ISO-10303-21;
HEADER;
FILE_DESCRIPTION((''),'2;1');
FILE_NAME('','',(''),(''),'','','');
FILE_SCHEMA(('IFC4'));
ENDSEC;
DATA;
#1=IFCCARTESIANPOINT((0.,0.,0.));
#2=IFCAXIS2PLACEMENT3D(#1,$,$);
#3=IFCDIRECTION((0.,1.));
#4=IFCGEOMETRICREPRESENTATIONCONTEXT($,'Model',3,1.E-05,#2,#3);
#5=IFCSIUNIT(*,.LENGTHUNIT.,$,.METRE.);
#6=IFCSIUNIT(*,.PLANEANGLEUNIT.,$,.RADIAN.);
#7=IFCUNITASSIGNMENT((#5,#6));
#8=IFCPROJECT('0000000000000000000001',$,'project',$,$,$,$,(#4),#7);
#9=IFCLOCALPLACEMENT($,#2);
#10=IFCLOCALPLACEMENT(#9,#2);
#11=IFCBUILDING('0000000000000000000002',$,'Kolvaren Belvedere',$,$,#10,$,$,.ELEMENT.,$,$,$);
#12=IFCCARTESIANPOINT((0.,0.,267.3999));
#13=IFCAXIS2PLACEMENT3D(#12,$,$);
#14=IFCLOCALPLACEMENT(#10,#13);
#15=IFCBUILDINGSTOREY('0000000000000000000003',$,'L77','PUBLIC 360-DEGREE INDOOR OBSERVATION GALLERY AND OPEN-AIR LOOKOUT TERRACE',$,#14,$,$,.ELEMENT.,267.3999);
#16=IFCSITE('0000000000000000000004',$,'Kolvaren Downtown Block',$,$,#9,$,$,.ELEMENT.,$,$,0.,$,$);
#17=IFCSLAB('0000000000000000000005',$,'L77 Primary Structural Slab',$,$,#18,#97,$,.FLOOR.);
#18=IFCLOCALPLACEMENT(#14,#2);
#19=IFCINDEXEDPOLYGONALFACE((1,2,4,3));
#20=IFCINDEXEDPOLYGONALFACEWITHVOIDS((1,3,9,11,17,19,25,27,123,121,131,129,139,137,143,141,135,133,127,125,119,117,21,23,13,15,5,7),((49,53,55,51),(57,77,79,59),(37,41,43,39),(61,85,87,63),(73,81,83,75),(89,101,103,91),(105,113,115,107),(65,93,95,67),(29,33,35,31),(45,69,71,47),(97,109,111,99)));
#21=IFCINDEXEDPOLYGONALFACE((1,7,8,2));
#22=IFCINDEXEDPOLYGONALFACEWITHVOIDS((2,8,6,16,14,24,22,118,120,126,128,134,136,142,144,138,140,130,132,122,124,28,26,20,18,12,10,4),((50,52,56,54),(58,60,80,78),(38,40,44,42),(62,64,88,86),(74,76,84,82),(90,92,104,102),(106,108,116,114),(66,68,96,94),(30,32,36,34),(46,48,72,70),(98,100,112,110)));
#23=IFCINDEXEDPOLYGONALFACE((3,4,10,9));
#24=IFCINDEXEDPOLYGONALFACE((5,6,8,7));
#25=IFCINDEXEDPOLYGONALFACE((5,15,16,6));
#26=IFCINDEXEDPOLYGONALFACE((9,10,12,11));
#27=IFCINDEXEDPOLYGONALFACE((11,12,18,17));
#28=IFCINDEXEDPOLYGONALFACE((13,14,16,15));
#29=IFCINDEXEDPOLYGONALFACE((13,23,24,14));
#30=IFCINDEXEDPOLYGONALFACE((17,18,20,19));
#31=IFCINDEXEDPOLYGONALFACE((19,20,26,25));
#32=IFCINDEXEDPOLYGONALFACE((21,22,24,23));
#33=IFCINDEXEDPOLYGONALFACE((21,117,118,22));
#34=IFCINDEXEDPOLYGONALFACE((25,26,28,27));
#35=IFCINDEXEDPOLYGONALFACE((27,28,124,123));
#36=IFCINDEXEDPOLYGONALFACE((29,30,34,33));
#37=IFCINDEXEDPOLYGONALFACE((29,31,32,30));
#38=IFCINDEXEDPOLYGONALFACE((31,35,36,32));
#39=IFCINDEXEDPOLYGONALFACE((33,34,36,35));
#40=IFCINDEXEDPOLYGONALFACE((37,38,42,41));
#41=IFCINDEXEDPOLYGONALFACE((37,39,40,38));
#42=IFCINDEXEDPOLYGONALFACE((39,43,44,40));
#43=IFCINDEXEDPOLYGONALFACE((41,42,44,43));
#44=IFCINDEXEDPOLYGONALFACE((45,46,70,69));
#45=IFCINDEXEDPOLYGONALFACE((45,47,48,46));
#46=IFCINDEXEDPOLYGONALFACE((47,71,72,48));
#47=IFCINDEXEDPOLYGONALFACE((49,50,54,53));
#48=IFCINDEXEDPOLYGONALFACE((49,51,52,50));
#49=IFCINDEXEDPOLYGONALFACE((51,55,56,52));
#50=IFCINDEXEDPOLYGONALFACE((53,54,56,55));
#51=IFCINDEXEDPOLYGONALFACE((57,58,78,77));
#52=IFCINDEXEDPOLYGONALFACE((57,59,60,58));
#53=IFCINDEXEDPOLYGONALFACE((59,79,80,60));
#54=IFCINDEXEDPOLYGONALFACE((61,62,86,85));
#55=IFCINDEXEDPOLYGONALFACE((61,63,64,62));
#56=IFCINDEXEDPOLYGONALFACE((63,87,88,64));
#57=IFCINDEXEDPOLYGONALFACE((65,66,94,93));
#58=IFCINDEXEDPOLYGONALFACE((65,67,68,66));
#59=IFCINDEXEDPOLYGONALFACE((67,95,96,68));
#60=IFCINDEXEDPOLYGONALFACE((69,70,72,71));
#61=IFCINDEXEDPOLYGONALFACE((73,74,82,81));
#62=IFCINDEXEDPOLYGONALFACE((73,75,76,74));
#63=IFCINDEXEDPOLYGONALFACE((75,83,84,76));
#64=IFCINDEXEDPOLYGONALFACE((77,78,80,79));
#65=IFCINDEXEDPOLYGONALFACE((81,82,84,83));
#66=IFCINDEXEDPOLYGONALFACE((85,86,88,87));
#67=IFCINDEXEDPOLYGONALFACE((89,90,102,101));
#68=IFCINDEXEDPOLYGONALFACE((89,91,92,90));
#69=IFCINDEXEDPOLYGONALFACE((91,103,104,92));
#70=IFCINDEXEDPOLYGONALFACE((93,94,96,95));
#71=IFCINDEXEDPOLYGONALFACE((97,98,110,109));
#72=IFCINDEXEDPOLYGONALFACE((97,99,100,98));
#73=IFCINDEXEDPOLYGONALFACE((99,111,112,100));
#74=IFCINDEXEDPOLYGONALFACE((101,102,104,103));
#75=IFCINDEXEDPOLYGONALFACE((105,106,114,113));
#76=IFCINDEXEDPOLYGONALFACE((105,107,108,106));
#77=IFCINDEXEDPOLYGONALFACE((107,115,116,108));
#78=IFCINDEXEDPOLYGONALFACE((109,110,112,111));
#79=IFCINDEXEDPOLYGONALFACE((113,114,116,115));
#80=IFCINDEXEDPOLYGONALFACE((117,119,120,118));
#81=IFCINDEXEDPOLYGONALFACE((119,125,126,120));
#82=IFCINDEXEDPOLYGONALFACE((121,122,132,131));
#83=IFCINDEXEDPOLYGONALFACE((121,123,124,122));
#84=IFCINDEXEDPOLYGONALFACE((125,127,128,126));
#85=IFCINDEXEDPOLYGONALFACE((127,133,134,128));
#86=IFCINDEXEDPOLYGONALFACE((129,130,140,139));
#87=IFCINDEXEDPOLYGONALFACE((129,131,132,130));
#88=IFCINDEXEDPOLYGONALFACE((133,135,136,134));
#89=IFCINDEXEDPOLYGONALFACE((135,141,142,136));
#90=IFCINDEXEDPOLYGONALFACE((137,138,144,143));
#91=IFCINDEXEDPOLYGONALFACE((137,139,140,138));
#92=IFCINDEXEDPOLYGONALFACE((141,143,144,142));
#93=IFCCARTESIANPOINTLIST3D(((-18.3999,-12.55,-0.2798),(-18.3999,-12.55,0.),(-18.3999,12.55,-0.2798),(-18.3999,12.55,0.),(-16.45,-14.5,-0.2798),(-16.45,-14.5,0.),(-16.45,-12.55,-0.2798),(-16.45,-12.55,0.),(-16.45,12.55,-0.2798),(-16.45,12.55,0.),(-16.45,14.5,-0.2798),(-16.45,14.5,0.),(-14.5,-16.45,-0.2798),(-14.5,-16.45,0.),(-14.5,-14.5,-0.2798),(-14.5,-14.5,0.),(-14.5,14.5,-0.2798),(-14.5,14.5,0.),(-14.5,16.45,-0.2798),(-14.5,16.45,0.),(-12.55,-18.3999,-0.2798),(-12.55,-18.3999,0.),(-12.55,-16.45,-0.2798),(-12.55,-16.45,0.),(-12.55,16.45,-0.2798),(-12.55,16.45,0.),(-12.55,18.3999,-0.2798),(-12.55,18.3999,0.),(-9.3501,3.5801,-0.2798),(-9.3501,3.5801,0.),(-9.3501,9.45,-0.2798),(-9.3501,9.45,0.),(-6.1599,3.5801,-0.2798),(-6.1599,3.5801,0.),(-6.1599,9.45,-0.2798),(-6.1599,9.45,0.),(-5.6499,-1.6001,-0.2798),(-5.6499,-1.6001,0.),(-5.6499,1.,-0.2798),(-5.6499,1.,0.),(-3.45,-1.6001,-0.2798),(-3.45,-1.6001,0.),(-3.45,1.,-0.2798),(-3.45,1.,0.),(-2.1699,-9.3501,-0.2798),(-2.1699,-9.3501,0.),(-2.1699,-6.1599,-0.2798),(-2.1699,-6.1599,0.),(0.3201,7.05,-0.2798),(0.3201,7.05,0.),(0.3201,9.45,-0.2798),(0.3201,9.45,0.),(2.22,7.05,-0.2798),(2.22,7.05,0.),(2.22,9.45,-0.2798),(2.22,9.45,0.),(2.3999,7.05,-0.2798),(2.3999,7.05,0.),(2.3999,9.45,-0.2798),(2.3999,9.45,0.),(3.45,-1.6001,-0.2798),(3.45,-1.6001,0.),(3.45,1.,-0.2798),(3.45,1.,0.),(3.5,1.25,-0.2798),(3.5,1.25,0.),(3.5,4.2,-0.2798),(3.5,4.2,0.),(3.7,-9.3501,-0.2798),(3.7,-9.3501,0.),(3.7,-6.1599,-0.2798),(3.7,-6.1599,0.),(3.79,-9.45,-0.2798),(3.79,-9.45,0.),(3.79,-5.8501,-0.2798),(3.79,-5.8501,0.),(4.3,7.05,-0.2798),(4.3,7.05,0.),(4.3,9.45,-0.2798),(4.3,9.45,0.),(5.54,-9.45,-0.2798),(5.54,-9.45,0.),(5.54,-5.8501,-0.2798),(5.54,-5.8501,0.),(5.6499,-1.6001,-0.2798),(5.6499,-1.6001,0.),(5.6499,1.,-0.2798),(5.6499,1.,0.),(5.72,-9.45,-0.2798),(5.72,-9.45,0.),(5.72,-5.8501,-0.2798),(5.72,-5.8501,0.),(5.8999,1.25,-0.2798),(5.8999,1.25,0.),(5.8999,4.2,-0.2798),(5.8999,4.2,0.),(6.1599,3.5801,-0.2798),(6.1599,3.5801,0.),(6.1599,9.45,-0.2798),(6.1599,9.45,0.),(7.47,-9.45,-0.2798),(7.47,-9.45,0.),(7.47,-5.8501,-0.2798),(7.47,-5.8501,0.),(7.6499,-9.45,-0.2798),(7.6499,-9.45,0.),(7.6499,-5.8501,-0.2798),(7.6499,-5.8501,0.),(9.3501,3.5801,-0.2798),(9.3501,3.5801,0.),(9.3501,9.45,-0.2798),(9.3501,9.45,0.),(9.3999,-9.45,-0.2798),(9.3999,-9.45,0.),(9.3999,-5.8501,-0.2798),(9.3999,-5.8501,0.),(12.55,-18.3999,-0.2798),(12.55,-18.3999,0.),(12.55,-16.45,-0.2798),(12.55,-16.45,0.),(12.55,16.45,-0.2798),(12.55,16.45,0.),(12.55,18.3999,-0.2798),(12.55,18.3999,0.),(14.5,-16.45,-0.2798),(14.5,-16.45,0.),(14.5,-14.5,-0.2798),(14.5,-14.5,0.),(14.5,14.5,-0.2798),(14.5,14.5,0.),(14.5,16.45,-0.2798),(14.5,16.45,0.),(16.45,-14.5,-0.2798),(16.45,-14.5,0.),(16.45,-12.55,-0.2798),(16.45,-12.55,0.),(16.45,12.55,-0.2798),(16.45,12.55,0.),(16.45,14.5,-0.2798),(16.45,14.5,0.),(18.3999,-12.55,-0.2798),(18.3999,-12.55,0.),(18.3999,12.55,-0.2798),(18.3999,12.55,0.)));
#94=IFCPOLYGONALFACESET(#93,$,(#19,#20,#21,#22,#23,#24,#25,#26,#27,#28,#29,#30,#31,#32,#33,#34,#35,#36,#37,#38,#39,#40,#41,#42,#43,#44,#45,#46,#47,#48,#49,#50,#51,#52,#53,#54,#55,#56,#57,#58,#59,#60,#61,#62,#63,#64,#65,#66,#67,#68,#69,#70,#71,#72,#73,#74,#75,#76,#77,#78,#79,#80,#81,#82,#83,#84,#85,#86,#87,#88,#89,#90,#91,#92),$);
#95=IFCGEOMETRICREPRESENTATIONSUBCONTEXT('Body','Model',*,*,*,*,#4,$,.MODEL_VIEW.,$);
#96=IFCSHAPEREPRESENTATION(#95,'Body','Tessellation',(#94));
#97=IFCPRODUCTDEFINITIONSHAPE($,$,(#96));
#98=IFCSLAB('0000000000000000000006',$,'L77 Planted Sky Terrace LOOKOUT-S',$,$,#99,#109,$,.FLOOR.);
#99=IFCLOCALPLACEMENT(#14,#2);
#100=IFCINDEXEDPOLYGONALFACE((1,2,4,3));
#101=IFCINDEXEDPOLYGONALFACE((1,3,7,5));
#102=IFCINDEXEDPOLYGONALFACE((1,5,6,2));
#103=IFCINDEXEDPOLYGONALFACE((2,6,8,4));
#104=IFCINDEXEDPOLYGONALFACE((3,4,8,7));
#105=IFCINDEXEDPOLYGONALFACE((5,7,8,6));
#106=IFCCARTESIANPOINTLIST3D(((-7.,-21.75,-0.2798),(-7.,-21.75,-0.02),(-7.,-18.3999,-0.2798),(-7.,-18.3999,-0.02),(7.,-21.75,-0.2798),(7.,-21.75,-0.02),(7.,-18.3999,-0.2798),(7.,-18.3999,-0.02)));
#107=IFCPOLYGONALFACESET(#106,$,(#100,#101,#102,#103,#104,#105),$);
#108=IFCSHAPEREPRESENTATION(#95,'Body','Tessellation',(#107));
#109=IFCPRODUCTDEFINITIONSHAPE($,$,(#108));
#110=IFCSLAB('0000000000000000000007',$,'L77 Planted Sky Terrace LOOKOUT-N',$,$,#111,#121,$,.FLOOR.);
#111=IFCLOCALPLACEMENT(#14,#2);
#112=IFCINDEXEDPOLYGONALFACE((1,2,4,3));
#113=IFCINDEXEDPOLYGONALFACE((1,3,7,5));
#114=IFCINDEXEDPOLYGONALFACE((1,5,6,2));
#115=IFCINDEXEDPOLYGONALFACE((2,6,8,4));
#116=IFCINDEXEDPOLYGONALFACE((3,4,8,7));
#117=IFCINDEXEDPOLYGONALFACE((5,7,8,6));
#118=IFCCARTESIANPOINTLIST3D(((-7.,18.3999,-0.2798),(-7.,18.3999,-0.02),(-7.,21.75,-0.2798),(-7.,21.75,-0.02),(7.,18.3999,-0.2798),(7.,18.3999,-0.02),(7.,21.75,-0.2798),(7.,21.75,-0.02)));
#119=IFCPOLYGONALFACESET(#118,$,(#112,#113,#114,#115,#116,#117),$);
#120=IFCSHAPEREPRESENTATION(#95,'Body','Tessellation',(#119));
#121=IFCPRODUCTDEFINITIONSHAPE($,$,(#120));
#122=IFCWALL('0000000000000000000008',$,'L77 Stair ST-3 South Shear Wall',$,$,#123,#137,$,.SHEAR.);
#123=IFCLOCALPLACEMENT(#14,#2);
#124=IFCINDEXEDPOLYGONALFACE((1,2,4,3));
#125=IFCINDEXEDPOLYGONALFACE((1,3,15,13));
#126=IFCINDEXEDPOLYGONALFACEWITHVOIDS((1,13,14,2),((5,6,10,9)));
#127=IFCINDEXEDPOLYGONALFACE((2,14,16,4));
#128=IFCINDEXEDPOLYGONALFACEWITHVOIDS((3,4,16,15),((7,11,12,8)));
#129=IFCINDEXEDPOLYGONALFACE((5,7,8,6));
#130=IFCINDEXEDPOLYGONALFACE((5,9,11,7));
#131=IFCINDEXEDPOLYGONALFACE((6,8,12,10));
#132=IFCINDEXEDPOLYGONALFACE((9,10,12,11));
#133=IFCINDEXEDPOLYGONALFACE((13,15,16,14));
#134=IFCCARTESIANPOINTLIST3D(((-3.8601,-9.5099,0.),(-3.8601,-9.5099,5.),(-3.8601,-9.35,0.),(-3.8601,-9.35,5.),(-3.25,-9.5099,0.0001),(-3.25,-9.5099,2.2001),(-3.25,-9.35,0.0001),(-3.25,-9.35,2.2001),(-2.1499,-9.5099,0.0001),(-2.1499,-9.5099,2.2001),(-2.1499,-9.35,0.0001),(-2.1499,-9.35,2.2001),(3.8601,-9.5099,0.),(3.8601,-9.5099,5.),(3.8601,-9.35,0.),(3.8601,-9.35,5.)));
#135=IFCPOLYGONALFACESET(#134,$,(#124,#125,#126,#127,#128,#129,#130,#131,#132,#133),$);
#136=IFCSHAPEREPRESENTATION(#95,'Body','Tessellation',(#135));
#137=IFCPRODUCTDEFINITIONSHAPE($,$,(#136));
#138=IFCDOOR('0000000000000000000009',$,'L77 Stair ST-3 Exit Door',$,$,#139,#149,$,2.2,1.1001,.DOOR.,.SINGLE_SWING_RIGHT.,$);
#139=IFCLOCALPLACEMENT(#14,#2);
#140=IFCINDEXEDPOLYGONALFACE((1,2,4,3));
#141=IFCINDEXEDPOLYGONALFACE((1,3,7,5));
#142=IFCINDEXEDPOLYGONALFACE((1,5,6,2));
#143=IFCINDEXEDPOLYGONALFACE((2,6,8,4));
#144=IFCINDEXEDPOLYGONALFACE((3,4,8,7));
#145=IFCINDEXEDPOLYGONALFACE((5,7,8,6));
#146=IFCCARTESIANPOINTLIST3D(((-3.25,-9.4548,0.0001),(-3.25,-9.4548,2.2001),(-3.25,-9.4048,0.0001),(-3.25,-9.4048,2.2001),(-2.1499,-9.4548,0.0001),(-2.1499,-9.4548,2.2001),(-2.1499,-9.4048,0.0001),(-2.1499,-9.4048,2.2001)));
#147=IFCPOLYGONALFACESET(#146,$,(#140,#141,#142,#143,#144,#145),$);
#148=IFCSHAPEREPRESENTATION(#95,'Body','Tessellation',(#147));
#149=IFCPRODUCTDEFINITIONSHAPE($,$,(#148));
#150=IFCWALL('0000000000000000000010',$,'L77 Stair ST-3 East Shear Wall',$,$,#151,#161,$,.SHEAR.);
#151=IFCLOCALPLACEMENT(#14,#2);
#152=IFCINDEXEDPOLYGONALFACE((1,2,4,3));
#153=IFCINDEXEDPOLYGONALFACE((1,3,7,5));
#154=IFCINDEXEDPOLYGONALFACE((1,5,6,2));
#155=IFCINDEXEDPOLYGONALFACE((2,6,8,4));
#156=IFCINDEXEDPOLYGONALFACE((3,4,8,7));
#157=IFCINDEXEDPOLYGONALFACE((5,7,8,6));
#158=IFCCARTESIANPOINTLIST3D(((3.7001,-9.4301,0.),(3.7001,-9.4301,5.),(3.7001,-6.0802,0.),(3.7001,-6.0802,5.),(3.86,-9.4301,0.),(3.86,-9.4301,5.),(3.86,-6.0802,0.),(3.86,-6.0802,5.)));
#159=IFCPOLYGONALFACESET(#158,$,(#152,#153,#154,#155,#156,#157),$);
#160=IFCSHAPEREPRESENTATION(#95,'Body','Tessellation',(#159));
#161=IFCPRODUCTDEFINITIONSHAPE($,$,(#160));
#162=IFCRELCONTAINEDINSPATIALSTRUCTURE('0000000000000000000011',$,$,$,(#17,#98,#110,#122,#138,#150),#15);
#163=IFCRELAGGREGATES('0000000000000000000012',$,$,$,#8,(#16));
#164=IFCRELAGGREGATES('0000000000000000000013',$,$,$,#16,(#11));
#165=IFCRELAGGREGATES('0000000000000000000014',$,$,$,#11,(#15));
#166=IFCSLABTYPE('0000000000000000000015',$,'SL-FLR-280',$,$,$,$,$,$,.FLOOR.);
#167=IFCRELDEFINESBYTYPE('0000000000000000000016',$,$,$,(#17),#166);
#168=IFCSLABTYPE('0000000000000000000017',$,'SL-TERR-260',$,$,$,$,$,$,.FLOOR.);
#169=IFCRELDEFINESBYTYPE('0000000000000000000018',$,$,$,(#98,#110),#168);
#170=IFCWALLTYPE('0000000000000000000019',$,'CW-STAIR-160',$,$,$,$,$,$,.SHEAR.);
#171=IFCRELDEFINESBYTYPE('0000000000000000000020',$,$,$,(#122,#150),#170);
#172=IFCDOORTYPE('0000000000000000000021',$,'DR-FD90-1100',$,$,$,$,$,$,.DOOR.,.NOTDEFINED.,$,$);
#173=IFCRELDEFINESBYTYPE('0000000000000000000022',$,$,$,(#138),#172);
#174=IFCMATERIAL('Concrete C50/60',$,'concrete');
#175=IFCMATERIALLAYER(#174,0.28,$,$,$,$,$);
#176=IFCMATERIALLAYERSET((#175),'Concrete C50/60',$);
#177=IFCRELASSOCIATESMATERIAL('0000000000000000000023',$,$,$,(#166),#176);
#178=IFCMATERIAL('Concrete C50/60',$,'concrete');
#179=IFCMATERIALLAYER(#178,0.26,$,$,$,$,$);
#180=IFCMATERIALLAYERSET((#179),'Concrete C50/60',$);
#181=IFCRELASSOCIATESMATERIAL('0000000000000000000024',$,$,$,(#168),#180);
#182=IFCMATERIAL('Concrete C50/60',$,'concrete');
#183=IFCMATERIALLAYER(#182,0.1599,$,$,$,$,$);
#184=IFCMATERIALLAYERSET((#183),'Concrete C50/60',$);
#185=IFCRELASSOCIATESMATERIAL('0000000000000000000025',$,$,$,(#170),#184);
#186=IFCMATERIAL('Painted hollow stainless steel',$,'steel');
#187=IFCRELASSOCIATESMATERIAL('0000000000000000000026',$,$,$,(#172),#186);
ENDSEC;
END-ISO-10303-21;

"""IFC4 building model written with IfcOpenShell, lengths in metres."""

from ifc_helpers import new_model, si_unit, direction, frame, frame_2d, origin, place, context, subcontext, project, spatial, polyline, rectangle, outline, extrude, material, layer, layer_set, type_object, element, fill, save


model = new_model("IFC4")

# Units and contexts
model_context = context("Model", 3, precision=1e-05, world=origin(), true_north=direction((0.0, 1.0)))
body_context = subcontext(model_context, "Body", "Model", "MODEL_VIEW")
ifc_project = project(units=[si_unit("LENGTHUNIT", "METRE"), si_unit("PLANEANGLEUNIT", "RADIAN")], contexts=[model_context])

# Site, building, storey
site_placement = place(None, origin())
site = spatial("IfcSite", under=ifc_project, at=site_placement, Name="Kolvaren Downtown Block", CompositionType="ELEMENT", RefElevation=0.0)
building_placement = place(site_placement, origin())
building = spatial("IfcBuilding", under=site, at=building_placement, Name="Kolvaren Belvedere", CompositionType="ELEMENT")
storey_placement = place(building_placement, frame((0.0, 0.0, 267.3999)))
storey = spatial("IfcBuildingStorey", under=building, at=storey_placement, Name="L77", Description="PUBLIC 360-DEGREE INDOOR OBSERVATION GALLERY AND OPEN-AIR LOOKOUT TERRACE", CompositionType="ELEMENT", Elevation=267.3999)

# Slabs
ifc_material_1 = material(Name="Concrete C50/60", Category="concrete")
ifc_layer_1 = layer(ifc_material_1, 0.28)
ifc_layer_set_1 = layer_set([ifc_layer_1], Name="Concrete C50/60")
slab_type_1 = type_object("IfcSlabType", Name="SL-FLR-280", PredefinedType="FLOOR", material=ifc_layer_set_1)
slab_1_placement = place(storey_placement, frame((0.0, 0.0, -0.2798)))
element("IfcSlab", 1, at=slab_1_placement, inside=storey, type_object=slab_type_1, Name="L77 Primary Structural Slab", PredefinedType="FLOOR", context=body_context, shape_type="SweptSolid", body=[
    extrude(outline(polyline([(-12.55, -18.3999), (12.55, -18.3999), (12.55, -16.45), (14.5, -16.45), (14.5, -14.5), (16.45, -14.5), (16.45, -12.55), (18.3999, -12.55), (18.3999, 12.55), (16.45, 12.55), (16.45, 14.5), (14.5, 14.5), (14.5, 16.45), (12.55, 16.45), (12.55, 18.3999), (-12.55, 18.3999), (-12.55, 16.45), (-14.5, 16.45), (-14.5, 14.5), (-16.45, 14.5), (-16.45, 12.55), (-18.3999, 12.55), (-18.3999, -12.55), (-16.45, -12.55), (-16.45, -14.5), (-14.5, -14.5), (-14.5, -16.45), (-12.55, -16.45), (-12.55, -18.3999)]), holes=[polyline([(-9.3501, 3.5801), (-6.1599, 3.5801), (-6.1599, 9.45), (-9.3501, 9.45), (-9.3501, 3.5801)]), polyline([(6.1599, 3.5801), (9.3501, 3.5801), (9.3501, 9.45), (6.1599, 9.45), (6.1599, 3.5801)]), polyline([(-2.1699, -9.3501), (3.7, -9.3501), (3.7, -6.1599), (-2.1699, -6.1599), (-2.1699, -9.3501)]), polyline([(-5.6499, -1.6001), (-3.45, -1.6001), (-3.45, 1.0), (-5.6499, 1.0), (-5.6499, -1.6001)]), polyline([(3.5, 1.25), (5.8999, 1.25), (5.8999, 4.2), (3.5, 4.2), (3.5, 1.25)]), polyline([(3.45, -1.6001), (5.6499, -1.6001), (5.6499, 1.0), (3.45, 1.0), (3.45, -1.6001)]), polyline([(3.79, -9.45), (5.54, -9.45), (5.54, -5.8501), (3.79, -5.8501), (3.79, -9.45)]), polyline([(5.72, -9.45), (7.47, -9.45), (7.47, -5.8501), (5.72, -5.8501), (5.72, -9.45)]), polyline([(7.6499, -9.45), (9.3999, -9.45), (9.3999, -5.8501), (7.6499, -5.8501), (7.6499, -9.45)]), polyline([(0.3201, 7.05), (2.22, 7.05), (2.22, 9.45), (0.3201, 9.45), (0.3201, 7.05)]), polyline([(2.3999, 7.05), (4.3, 7.05), (4.3, 9.45), (2.3999, 9.45), (2.3999, 7.05)])]), origin(), (0.0, 0.0, 1.0), 0.2798),
])
ifc_material_2 = material(Name="Concrete C50/60", Category="concrete")
ifc_layer_2 = layer(ifc_material_2, 0.26)
ifc_layer_set_2 = layer_set([ifc_layer_2], Name="Concrete C50/60")
slab_type_2 = type_object("IfcSlabType", Name="SL-TERR-260", PredefinedType="FLOOR", material=ifc_layer_set_2)
slab_2_placement = place(storey_placement, frame((0.0, 0.0, -0.2798)))
element("IfcSlab", 2, at=slab_2_placement, inside=storey, type_object=slab_type_2, Name="L77 Planted Sky Terrace LOOKOUT-S", PredefinedType="FLOOR", context=body_context, shape_type="SweptSolid", body=[
    extrude(outline(polyline([(-7.0, -21.75), (7.0, -21.75), (7.0, -18.3999), (-7.0, -18.3999), (-7.0, -21.75)])), origin(), (0.0, 0.0, 1.0), 0.2598),
])
slab_3_placement = place(storey_placement, frame((0.0, 0.0, -0.2798)))
element("IfcSlab", 3, at=slab_3_placement, inside=storey, type_object=slab_type_2, Name="L77 Planted Sky Terrace LOOKOUT-N", PredefinedType="FLOOR", context=body_context, shape_type="SweptSolid", body=[
    extrude(outline(polyline([(-7.0, 18.3999), (7.0, 18.3999), (7.0, 21.75), (-7.0, 21.75), (-7.0, 18.3999)])), origin(), (0.0, 0.0, 1.0), 0.2598),
])

# Wall, opening, door
ifc_material_3 = material(Name="Concrete C50/60", Category="concrete")
ifc_layer_3 = layer(ifc_material_3, 0.1599)
ifc_layer_set_3 = layer_set([ifc_layer_3], Name="Concrete C50/60")
wall_type_1 = type_object("IfcWallType", Name="CW-STAIR-160", PredefinedType="SHEAR", material=ifc_layer_set_3)
wall_1_placement = place(storey_placement, frame((3.8601, -9.4299, 0.0), z_axis=(0.0, 0.0, 1.0), x_axis=(-1.0, 0.0, 0.0)))
wall_1 = element("IfcWall", 4, at=wall_1_placement, inside=storey, type_object=wall_type_1, Name="L77 Stair ST-3 South Shear Wall", PredefinedType="SHEAR", context=body_context, shape_type="SweptSolid", body=[
    extrude(rectangle(XDim=7.7202, YDim=0.1599, at=frame_2d((3.8601, 0.0))), origin(), (0.0, 0.0, 1.0), 5.0),
])
opening_1_placement = place(wall_1_placement, frame((6.01, 0.0, 0.0)))
opening_1 = element("IfcOpeningElement", 5, at=opening_1_placement, cuts=wall_1, PredefinedType="OPENING", context=body_context, shape_type="SweptSolid", body=[
    extrude(rectangle(XDim=1.1001, YDim=2.2, at=frame_2d((0.55, 1.1001))), frame((0.0, 0.0898, 0.0), z_axis=(0.0, -1.0, 0.0), x_axis=(1.0, 0.0, 0.0)), (0.0, 0.0, 1.0), 0.1799),
])
ifc_material_4 = material(Name="Painted hollow stainless steel", Category="steel")
door_type_1 = type_object("IfcDoorType", Name="DR-FD90-1100", OperationType="NOTDEFINED", PredefinedType="DOOR", material=ifc_material_4)
door_1_placement = place(opening_1_placement, origin())
door_1 = element("IfcDoor", 6, at=door_1_placement, inside=storey, type_object=door_type_1, Name="L77 Stair ST-3 Exit Door", OperationType="SINGLE_SWING_RIGHT", OverallHeight=2.2, OverallWidth=1.1001, PredefinedType="DOOR", context=body_context, shape_type="SweptSolid", body=[
    extrude(rectangle(XDim=1.1001, YDim=2.2, at=frame_2d((0.55, 1.1001))), frame((0.0, 0.0249, 0.0), z_axis=(0.0, -1.0, 0.0), x_axis=(1.0, 0.0, 0.0)), (0.0, 0.0, 1.0), 0.05),
])
fill(opening_1, door_1)

# Wall
wall_2_placement = place(storey_placement, frame((3.78, -9.4299, 0.0), z_axis=(0.0, 0.0, 1.0), x_axis=(0.0, 1.0, 0.0)))
element("IfcWall", 7, at=wall_2_placement, inside=storey, type_object=wall_type_1, Name="L77 Stair ST-3 East Shear Wall", PredefinedType="SHEAR", context=body_context, shape_type="SweptSolid", body=[
    extrude(rectangle(XDim=3.3499, YDim=0.1599, at=frame_2d((1.6748, 0.0))), origin(), (0.0, 0.0, 1.0), 5.0),
])

save(model, "model.ifc")
